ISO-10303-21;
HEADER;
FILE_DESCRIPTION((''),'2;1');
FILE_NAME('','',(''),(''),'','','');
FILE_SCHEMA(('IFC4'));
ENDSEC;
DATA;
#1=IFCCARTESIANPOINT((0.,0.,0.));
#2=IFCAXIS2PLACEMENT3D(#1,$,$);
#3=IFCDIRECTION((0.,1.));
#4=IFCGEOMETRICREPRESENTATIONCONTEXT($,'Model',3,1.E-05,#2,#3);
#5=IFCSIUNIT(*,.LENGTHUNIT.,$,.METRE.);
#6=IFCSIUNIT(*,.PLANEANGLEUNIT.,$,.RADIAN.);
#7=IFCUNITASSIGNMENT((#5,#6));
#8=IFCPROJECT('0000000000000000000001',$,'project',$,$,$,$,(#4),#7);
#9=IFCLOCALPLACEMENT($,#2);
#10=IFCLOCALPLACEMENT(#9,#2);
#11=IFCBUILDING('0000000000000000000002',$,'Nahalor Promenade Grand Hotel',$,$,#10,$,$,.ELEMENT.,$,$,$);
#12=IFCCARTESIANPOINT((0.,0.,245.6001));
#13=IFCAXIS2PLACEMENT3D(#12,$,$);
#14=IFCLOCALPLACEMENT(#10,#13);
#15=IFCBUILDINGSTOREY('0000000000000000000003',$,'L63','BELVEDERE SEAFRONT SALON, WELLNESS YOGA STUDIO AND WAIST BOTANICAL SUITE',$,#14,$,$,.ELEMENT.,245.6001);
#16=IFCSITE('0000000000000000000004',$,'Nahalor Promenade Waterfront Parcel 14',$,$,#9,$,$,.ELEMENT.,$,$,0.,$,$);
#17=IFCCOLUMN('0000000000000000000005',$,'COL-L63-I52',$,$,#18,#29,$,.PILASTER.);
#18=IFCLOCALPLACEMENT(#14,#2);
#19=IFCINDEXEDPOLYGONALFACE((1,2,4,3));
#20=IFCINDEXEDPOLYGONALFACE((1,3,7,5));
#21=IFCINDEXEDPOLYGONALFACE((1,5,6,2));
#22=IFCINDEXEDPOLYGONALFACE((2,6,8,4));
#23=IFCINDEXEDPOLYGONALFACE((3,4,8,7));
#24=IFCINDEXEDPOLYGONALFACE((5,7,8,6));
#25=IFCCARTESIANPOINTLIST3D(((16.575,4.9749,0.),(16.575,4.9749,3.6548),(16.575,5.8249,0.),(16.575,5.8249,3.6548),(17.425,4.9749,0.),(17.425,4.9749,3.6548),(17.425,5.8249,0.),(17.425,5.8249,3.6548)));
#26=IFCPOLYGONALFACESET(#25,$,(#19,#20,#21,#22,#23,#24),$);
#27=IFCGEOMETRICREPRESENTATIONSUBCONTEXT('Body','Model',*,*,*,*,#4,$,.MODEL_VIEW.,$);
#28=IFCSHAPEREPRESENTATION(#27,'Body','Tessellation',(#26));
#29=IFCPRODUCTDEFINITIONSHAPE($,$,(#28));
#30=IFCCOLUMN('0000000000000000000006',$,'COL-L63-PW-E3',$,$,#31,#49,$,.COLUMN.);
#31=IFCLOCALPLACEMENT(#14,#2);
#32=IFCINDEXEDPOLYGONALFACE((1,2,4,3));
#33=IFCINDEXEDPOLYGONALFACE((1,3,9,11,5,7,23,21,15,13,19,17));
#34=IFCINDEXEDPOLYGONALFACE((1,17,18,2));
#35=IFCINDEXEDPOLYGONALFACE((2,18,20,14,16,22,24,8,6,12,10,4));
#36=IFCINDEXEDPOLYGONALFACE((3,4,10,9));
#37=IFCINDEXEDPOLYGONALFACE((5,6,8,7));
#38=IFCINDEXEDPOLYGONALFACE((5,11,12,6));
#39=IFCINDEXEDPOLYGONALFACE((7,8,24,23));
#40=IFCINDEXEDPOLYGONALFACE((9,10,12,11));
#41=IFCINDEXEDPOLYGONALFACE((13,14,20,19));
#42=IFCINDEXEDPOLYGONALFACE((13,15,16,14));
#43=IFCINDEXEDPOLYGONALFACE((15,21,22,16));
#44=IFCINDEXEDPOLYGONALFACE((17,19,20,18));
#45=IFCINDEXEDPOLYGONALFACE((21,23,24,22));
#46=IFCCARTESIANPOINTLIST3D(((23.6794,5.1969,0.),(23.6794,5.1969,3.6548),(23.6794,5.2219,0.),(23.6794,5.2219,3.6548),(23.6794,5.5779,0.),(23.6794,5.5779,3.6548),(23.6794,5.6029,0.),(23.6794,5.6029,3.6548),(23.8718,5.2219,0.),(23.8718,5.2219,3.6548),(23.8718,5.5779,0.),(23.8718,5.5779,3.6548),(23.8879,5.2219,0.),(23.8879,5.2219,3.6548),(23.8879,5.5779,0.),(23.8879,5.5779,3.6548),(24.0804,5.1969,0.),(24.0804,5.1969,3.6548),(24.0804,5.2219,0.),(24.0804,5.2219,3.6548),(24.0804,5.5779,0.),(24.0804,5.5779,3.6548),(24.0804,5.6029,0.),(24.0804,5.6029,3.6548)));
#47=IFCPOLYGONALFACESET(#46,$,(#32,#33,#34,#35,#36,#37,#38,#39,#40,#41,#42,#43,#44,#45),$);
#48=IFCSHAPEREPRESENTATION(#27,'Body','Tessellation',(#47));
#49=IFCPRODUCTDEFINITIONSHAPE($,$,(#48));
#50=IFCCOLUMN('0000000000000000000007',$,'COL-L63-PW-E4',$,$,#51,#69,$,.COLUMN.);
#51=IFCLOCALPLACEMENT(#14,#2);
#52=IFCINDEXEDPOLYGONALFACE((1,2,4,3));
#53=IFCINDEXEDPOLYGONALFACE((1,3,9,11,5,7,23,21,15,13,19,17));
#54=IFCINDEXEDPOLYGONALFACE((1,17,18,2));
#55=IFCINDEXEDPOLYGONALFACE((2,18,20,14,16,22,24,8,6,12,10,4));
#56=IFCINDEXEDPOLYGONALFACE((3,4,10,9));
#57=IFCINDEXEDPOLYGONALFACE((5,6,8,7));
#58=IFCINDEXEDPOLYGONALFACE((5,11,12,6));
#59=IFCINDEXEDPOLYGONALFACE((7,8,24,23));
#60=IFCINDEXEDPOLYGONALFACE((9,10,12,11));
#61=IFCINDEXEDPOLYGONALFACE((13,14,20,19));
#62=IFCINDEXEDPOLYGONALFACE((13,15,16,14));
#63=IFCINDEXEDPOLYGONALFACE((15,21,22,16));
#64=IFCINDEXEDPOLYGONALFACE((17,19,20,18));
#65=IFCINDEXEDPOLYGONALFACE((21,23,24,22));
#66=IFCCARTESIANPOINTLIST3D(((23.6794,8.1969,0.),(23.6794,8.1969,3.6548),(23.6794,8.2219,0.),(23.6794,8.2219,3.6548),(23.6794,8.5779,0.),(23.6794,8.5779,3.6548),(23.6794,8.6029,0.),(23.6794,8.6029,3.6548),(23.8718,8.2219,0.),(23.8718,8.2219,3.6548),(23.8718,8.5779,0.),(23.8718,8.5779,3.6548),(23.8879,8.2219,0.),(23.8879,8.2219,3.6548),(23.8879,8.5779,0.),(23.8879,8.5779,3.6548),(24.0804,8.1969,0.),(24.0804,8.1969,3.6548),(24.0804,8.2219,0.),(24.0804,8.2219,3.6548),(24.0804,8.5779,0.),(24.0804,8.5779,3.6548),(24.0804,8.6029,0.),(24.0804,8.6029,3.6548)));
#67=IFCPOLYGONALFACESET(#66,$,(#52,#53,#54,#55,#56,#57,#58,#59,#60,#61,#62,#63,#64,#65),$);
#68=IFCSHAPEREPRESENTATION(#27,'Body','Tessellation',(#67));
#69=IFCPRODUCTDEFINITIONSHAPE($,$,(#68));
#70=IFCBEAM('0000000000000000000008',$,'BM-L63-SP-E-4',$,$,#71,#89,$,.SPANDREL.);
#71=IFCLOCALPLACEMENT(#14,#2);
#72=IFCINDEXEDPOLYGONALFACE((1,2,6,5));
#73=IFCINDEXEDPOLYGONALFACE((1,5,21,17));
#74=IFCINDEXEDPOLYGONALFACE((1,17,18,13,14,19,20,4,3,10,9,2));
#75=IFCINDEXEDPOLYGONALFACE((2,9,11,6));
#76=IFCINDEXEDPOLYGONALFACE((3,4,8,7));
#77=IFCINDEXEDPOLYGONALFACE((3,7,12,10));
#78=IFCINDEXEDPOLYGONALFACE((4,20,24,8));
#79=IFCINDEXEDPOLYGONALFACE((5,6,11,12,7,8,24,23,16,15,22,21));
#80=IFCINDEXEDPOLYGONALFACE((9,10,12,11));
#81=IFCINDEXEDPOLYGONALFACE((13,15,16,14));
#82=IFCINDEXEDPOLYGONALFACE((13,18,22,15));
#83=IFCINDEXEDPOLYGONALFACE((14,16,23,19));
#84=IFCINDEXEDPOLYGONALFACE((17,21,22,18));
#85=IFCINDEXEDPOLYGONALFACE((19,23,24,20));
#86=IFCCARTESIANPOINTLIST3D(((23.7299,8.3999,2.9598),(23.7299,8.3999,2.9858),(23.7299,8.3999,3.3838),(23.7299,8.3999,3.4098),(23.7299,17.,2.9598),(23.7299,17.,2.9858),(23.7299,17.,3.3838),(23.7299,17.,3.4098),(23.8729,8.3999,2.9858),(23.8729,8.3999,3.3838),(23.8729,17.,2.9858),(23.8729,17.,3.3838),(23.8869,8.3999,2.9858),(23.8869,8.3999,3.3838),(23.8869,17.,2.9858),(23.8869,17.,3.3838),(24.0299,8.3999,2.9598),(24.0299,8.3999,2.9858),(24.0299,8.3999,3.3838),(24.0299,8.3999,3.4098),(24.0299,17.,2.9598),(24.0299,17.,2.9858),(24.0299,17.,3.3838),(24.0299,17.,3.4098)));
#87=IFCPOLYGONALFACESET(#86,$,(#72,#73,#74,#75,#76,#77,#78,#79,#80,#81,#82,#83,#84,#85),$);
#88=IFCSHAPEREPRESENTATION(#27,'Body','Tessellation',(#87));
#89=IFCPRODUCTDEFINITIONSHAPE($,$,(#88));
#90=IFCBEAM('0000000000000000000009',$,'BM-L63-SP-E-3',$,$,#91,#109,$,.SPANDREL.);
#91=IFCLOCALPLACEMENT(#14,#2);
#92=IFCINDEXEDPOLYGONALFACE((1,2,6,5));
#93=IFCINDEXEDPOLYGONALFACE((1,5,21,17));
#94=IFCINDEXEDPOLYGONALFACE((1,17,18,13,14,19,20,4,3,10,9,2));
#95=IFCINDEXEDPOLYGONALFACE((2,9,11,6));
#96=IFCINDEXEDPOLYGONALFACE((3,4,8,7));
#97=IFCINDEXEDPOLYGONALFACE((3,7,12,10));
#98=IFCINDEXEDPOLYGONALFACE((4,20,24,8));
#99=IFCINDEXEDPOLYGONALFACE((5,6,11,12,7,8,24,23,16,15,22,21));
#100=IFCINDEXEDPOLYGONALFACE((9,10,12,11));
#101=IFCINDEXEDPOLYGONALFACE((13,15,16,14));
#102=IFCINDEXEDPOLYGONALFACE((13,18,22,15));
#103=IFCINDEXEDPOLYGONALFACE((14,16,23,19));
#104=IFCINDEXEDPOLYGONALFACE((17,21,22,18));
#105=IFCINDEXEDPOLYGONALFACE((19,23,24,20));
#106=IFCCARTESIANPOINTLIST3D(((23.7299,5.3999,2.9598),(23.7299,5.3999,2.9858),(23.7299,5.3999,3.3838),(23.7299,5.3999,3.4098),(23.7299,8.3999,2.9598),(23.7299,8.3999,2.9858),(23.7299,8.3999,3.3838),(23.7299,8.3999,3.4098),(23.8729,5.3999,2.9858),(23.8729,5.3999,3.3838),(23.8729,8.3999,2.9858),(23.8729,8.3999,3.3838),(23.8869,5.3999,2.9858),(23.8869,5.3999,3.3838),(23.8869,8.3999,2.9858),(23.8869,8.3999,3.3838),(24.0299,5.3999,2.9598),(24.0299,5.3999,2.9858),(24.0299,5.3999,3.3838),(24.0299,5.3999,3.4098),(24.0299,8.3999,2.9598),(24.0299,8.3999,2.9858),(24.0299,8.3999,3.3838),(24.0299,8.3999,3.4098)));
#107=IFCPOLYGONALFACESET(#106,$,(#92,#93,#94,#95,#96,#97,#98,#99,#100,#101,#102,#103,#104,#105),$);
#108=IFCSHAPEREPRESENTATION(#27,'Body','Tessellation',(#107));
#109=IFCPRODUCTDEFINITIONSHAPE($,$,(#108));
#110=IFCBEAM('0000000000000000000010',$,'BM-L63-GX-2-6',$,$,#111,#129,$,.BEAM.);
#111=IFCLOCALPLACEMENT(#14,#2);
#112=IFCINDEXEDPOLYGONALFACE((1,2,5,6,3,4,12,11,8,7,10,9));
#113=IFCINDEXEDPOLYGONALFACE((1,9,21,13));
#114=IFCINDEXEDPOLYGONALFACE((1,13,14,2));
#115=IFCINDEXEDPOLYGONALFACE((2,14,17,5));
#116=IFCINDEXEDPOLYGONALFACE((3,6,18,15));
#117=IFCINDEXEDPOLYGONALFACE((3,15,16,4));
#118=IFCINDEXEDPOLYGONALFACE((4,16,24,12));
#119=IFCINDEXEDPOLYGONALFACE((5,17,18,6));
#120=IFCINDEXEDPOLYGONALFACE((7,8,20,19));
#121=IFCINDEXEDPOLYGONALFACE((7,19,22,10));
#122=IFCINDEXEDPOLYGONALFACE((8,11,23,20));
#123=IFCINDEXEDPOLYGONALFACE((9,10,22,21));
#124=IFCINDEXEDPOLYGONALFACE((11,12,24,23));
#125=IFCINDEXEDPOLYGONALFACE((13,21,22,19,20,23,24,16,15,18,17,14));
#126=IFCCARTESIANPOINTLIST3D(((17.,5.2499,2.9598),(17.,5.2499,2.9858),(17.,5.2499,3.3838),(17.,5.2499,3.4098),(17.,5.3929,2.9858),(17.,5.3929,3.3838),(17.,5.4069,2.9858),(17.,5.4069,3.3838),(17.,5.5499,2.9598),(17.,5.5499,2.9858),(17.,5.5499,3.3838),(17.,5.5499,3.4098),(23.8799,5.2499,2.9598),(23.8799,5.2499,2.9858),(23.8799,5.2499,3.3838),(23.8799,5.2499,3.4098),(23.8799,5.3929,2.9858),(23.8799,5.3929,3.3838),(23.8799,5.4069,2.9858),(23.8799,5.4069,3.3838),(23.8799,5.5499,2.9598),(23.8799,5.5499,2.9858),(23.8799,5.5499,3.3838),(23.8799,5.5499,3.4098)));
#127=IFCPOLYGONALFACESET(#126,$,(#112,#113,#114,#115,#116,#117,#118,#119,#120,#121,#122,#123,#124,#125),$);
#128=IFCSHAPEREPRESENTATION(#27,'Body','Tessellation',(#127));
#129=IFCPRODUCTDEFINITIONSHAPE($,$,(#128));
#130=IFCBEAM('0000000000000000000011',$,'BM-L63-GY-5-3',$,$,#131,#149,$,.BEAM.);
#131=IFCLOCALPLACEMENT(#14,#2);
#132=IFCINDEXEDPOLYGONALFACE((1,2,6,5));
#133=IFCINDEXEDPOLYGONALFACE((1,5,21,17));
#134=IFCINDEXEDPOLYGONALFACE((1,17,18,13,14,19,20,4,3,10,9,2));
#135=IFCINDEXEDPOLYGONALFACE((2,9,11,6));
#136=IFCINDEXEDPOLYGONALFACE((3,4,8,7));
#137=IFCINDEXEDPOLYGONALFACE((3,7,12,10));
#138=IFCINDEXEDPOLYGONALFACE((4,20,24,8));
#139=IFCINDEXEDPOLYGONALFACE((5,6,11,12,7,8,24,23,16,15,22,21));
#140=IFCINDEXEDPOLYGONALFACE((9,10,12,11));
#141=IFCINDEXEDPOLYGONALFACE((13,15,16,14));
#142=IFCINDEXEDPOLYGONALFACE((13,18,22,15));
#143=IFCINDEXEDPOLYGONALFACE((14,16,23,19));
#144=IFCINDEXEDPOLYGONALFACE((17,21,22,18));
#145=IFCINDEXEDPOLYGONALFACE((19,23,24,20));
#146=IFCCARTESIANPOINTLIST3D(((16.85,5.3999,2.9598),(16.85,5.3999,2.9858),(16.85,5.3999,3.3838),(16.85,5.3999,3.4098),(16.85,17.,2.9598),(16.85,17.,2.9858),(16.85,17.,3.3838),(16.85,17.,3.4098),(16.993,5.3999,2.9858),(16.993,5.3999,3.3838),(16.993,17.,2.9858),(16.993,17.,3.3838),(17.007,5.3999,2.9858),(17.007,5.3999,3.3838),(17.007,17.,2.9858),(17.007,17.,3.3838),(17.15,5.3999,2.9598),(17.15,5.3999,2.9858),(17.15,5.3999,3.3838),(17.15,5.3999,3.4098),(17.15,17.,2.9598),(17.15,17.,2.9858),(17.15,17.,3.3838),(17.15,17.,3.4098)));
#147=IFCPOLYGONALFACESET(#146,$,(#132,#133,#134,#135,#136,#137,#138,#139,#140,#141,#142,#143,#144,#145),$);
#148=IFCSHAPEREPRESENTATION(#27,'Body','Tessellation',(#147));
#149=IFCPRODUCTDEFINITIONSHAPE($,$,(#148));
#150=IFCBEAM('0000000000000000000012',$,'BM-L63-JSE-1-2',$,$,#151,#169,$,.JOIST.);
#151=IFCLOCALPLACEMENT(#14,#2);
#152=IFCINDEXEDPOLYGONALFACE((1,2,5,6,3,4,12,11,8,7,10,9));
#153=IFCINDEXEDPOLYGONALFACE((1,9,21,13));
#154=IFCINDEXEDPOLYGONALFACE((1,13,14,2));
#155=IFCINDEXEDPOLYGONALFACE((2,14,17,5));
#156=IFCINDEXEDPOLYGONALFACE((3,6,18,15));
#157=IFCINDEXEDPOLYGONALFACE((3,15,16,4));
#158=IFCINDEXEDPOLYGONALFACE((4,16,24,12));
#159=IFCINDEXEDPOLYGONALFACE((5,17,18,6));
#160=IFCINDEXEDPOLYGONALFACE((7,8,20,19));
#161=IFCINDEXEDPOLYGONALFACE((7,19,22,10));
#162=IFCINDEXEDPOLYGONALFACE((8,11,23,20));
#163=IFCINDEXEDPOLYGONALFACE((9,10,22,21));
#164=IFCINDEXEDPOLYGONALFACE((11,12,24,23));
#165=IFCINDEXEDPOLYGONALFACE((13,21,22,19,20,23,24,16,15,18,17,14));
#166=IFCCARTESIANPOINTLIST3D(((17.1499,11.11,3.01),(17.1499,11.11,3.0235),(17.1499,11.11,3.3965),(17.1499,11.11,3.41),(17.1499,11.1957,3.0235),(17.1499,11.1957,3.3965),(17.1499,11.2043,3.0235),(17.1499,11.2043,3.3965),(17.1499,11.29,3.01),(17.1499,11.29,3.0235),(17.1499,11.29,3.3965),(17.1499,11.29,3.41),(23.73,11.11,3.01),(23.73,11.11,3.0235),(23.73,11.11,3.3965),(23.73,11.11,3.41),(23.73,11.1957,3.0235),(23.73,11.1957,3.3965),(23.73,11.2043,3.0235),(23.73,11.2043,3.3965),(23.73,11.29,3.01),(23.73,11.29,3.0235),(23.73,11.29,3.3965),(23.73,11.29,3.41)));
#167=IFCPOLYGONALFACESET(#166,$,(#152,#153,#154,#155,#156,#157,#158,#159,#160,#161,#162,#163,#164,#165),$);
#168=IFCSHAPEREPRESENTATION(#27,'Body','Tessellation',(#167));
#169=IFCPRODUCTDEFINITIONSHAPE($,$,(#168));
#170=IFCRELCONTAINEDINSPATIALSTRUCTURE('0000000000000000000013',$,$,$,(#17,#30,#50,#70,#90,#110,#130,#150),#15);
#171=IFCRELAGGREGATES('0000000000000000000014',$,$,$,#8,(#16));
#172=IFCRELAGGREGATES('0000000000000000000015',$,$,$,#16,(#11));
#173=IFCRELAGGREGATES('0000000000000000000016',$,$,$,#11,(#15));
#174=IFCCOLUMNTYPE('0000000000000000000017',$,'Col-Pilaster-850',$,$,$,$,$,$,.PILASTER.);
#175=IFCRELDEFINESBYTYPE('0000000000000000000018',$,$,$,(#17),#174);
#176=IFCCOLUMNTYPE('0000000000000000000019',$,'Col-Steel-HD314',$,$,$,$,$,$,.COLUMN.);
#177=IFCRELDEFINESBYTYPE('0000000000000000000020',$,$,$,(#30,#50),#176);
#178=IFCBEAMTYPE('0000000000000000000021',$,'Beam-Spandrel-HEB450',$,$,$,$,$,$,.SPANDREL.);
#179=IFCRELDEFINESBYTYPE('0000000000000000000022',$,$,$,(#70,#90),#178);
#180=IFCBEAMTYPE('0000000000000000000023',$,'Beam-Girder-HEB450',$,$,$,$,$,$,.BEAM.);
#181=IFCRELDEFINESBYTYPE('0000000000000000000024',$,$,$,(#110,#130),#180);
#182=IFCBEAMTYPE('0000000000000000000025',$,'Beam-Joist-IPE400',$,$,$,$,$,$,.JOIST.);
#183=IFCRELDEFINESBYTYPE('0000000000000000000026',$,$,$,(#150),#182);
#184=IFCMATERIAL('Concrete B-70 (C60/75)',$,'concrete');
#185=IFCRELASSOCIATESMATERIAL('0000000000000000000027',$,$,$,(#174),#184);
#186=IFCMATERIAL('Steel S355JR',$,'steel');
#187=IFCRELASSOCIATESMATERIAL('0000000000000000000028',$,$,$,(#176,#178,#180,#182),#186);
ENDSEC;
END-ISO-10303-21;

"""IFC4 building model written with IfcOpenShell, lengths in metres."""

from ifc_helpers import new_model, si_unit, direction, frame, origin, origin_2d, place, context, subcontext, project, spatial, rectangle, i_section, extrude, source, transform, mapped, material, material_profile, profile_set, type_object, element, save


model = new_model("IFC4")

# Units and contexts
model_context = context("Model", 3, precision=1e-05, world=origin(), true_north=direction((0.0, 1.0)))
body_context = subcontext(model_context, "Body", "Model", "MODEL_VIEW")
ifc_project = project(units=[si_unit("LENGTHUNIT", "METRE"), si_unit("PLANEANGLEUNIT", "RADIAN")], contexts=[model_context])

# Site, building, storey
site_placement = place(None, origin())
site = spatial("IfcSite", under=ifc_project, at=site_placement, Name="Nahalor Promenade Waterfront Parcel 14", CompositionType="ELEMENT", RefElevation=0.0)
building_placement = place(site_placement, origin())
building = spatial("IfcBuilding", under=site, at=building_placement, Name="Nahalor Promenade Grand Hotel", CompositionType="ELEMENT")
storey_placement = place(building_placement, frame((0.0, 0.0, 245.6001)))
storey = spatial("IfcBuildingStorey", under=building, at=storey_placement, Name="L63", Description="BELVEDERE SEAFRONT SALON, WELLNESS YOGA STUDIO AND WAIST BOTANICAL SUITE", CompositionType="ELEMENT", Elevation=245.6001)

# Columns
ifc_material_1 = material(Name="Concrete B-70 (C60/75)", Category="concrete")
ifc_material_profile_1 = material_profile(ifc_material_1, rectangle(XDim=0.85, YDim=0.85, at=origin_2d()), Name="RC 850x850")
ifc_profile_set_1 = profile_set([ifc_material_profile_1], Name="Concrete B-70 (C60/75)")
column_type_1 = type_object("IfcColumnType", Name="Col-Pilaster-850", PredefinedType="PILASTER", material=ifc_profile_set_1)
shared_shape_1 = source(origin(), body_context, "Body", "SweptSolid", [
    extrude(rectangle(XDim=0.85, YDim=0.85, at=origin_2d()), origin(), (0.0, 0.0, 1.0), 3.6548),
])
column_placement = place(storey_placement, frame((17.0, 5.3999, 0.0), z_axis=(0.0, 0.0, 1.0), x_axis=(1.0, 0.0, 0.0)))
element("IfcColumn", 1, at=column_placement, inside=storey, type_object=column_type_1, Name="COL-L63-I52", PredefinedType="PILASTER", context=body_context, shape_type="MappedRepresentation", body=[
    mapped(shared_shape_1, transform((0.0, 0.0, 0.0), scale=1.0)),
])
ifc_material_2 = material(Name="Steel S355JR", Category="steel")
ifc_material_profile_2 = material_profile(ifc_material_2, i_section(OverallWidth=0.401, OverallDepth=0.406, WebThickness=0.0161, FlangeThickness=0.025, at=origin_2d()), Name="HD 400x314")
ifc_profile_set_2 = profile_set([ifc_material_profile_2], Name="Steel S355JR")
column_type_2 = type_object("IfcColumnType", Name="Col-Steel-HD314", PredefinedType="COLUMN", material=ifc_profile_set_2)
shared_shape_2 = source(origin(), body_context, "Body", "SweptSolid", [
    extrude(i_section(OverallWidth=0.401, OverallDepth=0.406, WebThickness=0.0161, FlangeThickness=0.025, at=origin_2d()), origin(), (0.0, 0.0, 1.0), 3.6548),
])
for number, where, z_axis, x_axis, name in (
    (2, (23.8799, 5.3999, 0.0), (0.0, 0.0, 1.0), (1.0, 0.0, 0.0), "COL-L63-PW-E3"),
    (3, (23.8799, 8.3999, 0.0), (0.0, 0.0, 1.0), (1.0, 0.0, 0.0), "COL-L63-PW-E4"),
):
    element("IfcColumn", number, at=place(storey_placement, frame(where, z_axis=z_axis, x_axis=x_axis)), inside=storey, type_object=column_type_2, Name=name, PredefinedType="COLUMN", context=body_context, shape_type="MappedRepresentation", body=[
        mapped(shared_shape_2, transform((0.0, 0.0, 0.0), scale=1.0)),
    ])

# Beams
ifc_material_profile_3 = material_profile(ifc_material_2, i_section(OverallWidth=0.3, OverallDepth=0.45, WebThickness=0.014, FlangeThickness=0.026, at=origin_2d()), Name="HEB 450")
ifc_profile_set_3 = profile_set([ifc_material_profile_3], Name="Steel S355JR")
beam_type_1 = type_object("IfcBeamType", Name="Beam-Spandrel-HEB450", PredefinedType="SPANDREL", material=ifc_profile_set_3)
shared_shape_3 = source(origin(), body_context, "Body", "SweptSolid", [
    extrude(i_section(OverallWidth=0.3, OverallDepth=0.45, WebThickness=0.014, FlangeThickness=0.026, at=origin_2d()), origin(), (0.0, 0.0, 1.0), 8.6001),
])
beam_1_placement = place(storey_placement, frame((23.8799, 8.3999, 3.1848), z_axis=(0.0, 1.0, 0.0), x_axis=(-1.0, 0.0, 0.0)))
element("IfcBeam", 4, at=beam_1_placement, inside=storey, type_object=beam_type_1, Name="BM-L63-SP-E-4", PredefinedType="SPANDREL", context=body_context, shape_type="MappedRepresentation", body=[
    mapped(shared_shape_3, transform((0.0, 0.0, 0.0), scale=1.0)),
])
shared_shape_4 = source(origin(), body_context, "Body", "SweptSolid", [
    extrude(i_section(OverallWidth=0.3, OverallDepth=0.45, WebThickness=0.014, FlangeThickness=0.026, at=origin_2d()), origin(), (0.0, 0.0, 1.0), 3.0),
])
beam_2_placement = place(storey_placement, frame((23.8799, 5.3999, 3.1848), z_axis=(0.0, 1.0, 0.0), x_axis=(-1.0, 0.0, 0.0)))
element("IfcBeam", 5, at=beam_2_placement, inside=storey, type_object=beam_type_1, Name="BM-L63-SP-E-3", PredefinedType="SPANDREL", context=body_context, shape_type="MappedRepresentation", body=[
    mapped(shared_shape_4, transform((0.0, 0.0, 0.0), scale=1.0)),
])
ifc_material_profile_4 = material_profile(ifc_material_2, i_section(OverallWidth=0.3, OverallDepth=0.45, WebThickness=0.014, FlangeThickness=0.026, at=origin_2d()), Name="HEB 450")
ifc_profile_set_4 = profile_set([ifc_material_profile_4], Name="Steel S355JR")
beam_type_2 = type_object("IfcBeamType", Name="Beam-Girder-HEB450", PredefinedType="BEAM", material=ifc_profile_set_4)
shared_shape_5 = source(origin(), body_context, "Body", "SweptSolid", [
    extrude(i_section(OverallWidth=0.3, OverallDepth=0.45, WebThickness=0.014, FlangeThickness=0.026, at=origin_2d()), origin(), (0.0, 0.0, 1.0), 6.8799),
])
beam_3_placement = place(storey_placement, frame((17.0, 5.3999, 3.1848), z_axis=(1.0, 0.0, 0.0), x_axis=(0.0, 1.0, 0.0)))
element("IfcBeam", 6, at=beam_3_placement, inside=storey, type_object=beam_type_2, Name="BM-L63-GX-2-6", PredefinedType="BEAM", context=body_context, shape_type="MappedRepresentation", body=[
    mapped(shared_shape_5, transform((0.0, 0.0, 0.0), scale=1.0)),
])
shared_shape_6 = source(origin(), body_context, "Body", "SweptSolid", [
    extrude(i_section(OverallWidth=0.3, OverallDepth=0.45, WebThickness=0.014, FlangeThickness=0.026, at=origin_2d()), origin(), (0.0, 0.0, 1.0), 11.6001),
])
beam_4_placement = place(storey_placement, frame((17.0, 5.3999, 3.1848), z_axis=(0.0, 1.0, 0.0), x_axis=(-1.0, 0.0, 0.0)))
element("IfcBeam", 7, at=beam_4_placement, inside=storey, type_object=beam_type_2, Name="BM-L63-GY-5-3", PredefinedType="BEAM", context=body_context, shape_type="MappedRepresentation", body=[
    mapped(shared_shape_6, transform((0.0, 0.0, 0.0), scale=1.0)),
])
ifc_material_profile_5 = material_profile(ifc_material_2, i_section(OverallWidth=0.18, OverallDepth=0.4, WebThickness=0.0086, FlangeThickness=0.0135, at=origin_2d()), Name="IPE 400")
ifc_profile_set_5 = profile_set([ifc_material_profile_5], Name="Steel S355JR")
beam_type_3 = type_object("IfcBeamType", Name="Beam-Joist-IPE400", PredefinedType="JOIST", material=ifc_profile_set_5)
shared_shape_7 = source(origin(), body_context, "Body", "SweptSolid", [
    extrude(i_section(OverallWidth=0.18, OverallDepth=0.4, WebThickness=0.0086, FlangeThickness=0.0135, at=origin_2d()), origin(), (0.0, 0.0, 1.0), 6.5801),
])
beam_5_placement = place(storey_placement, frame((17.1499, 11.2, 3.21), z_axis=(1.0, 0.0, 0.0), x_axis=(0.0, 1.0, 0.0)))
element("IfcBeam", 8, at=beam_5_placement, inside=storey, type_object=beam_type_3, Name="BM-L63-JSE-1-2", PredefinedType="JOIST", context=body_context, shape_type="MappedRepresentation", body=[
    mapped(shared_shape_7, transform((0.0, 0.0, 0.0), scale=1.0)),
])

save(model, "model.ifc")
